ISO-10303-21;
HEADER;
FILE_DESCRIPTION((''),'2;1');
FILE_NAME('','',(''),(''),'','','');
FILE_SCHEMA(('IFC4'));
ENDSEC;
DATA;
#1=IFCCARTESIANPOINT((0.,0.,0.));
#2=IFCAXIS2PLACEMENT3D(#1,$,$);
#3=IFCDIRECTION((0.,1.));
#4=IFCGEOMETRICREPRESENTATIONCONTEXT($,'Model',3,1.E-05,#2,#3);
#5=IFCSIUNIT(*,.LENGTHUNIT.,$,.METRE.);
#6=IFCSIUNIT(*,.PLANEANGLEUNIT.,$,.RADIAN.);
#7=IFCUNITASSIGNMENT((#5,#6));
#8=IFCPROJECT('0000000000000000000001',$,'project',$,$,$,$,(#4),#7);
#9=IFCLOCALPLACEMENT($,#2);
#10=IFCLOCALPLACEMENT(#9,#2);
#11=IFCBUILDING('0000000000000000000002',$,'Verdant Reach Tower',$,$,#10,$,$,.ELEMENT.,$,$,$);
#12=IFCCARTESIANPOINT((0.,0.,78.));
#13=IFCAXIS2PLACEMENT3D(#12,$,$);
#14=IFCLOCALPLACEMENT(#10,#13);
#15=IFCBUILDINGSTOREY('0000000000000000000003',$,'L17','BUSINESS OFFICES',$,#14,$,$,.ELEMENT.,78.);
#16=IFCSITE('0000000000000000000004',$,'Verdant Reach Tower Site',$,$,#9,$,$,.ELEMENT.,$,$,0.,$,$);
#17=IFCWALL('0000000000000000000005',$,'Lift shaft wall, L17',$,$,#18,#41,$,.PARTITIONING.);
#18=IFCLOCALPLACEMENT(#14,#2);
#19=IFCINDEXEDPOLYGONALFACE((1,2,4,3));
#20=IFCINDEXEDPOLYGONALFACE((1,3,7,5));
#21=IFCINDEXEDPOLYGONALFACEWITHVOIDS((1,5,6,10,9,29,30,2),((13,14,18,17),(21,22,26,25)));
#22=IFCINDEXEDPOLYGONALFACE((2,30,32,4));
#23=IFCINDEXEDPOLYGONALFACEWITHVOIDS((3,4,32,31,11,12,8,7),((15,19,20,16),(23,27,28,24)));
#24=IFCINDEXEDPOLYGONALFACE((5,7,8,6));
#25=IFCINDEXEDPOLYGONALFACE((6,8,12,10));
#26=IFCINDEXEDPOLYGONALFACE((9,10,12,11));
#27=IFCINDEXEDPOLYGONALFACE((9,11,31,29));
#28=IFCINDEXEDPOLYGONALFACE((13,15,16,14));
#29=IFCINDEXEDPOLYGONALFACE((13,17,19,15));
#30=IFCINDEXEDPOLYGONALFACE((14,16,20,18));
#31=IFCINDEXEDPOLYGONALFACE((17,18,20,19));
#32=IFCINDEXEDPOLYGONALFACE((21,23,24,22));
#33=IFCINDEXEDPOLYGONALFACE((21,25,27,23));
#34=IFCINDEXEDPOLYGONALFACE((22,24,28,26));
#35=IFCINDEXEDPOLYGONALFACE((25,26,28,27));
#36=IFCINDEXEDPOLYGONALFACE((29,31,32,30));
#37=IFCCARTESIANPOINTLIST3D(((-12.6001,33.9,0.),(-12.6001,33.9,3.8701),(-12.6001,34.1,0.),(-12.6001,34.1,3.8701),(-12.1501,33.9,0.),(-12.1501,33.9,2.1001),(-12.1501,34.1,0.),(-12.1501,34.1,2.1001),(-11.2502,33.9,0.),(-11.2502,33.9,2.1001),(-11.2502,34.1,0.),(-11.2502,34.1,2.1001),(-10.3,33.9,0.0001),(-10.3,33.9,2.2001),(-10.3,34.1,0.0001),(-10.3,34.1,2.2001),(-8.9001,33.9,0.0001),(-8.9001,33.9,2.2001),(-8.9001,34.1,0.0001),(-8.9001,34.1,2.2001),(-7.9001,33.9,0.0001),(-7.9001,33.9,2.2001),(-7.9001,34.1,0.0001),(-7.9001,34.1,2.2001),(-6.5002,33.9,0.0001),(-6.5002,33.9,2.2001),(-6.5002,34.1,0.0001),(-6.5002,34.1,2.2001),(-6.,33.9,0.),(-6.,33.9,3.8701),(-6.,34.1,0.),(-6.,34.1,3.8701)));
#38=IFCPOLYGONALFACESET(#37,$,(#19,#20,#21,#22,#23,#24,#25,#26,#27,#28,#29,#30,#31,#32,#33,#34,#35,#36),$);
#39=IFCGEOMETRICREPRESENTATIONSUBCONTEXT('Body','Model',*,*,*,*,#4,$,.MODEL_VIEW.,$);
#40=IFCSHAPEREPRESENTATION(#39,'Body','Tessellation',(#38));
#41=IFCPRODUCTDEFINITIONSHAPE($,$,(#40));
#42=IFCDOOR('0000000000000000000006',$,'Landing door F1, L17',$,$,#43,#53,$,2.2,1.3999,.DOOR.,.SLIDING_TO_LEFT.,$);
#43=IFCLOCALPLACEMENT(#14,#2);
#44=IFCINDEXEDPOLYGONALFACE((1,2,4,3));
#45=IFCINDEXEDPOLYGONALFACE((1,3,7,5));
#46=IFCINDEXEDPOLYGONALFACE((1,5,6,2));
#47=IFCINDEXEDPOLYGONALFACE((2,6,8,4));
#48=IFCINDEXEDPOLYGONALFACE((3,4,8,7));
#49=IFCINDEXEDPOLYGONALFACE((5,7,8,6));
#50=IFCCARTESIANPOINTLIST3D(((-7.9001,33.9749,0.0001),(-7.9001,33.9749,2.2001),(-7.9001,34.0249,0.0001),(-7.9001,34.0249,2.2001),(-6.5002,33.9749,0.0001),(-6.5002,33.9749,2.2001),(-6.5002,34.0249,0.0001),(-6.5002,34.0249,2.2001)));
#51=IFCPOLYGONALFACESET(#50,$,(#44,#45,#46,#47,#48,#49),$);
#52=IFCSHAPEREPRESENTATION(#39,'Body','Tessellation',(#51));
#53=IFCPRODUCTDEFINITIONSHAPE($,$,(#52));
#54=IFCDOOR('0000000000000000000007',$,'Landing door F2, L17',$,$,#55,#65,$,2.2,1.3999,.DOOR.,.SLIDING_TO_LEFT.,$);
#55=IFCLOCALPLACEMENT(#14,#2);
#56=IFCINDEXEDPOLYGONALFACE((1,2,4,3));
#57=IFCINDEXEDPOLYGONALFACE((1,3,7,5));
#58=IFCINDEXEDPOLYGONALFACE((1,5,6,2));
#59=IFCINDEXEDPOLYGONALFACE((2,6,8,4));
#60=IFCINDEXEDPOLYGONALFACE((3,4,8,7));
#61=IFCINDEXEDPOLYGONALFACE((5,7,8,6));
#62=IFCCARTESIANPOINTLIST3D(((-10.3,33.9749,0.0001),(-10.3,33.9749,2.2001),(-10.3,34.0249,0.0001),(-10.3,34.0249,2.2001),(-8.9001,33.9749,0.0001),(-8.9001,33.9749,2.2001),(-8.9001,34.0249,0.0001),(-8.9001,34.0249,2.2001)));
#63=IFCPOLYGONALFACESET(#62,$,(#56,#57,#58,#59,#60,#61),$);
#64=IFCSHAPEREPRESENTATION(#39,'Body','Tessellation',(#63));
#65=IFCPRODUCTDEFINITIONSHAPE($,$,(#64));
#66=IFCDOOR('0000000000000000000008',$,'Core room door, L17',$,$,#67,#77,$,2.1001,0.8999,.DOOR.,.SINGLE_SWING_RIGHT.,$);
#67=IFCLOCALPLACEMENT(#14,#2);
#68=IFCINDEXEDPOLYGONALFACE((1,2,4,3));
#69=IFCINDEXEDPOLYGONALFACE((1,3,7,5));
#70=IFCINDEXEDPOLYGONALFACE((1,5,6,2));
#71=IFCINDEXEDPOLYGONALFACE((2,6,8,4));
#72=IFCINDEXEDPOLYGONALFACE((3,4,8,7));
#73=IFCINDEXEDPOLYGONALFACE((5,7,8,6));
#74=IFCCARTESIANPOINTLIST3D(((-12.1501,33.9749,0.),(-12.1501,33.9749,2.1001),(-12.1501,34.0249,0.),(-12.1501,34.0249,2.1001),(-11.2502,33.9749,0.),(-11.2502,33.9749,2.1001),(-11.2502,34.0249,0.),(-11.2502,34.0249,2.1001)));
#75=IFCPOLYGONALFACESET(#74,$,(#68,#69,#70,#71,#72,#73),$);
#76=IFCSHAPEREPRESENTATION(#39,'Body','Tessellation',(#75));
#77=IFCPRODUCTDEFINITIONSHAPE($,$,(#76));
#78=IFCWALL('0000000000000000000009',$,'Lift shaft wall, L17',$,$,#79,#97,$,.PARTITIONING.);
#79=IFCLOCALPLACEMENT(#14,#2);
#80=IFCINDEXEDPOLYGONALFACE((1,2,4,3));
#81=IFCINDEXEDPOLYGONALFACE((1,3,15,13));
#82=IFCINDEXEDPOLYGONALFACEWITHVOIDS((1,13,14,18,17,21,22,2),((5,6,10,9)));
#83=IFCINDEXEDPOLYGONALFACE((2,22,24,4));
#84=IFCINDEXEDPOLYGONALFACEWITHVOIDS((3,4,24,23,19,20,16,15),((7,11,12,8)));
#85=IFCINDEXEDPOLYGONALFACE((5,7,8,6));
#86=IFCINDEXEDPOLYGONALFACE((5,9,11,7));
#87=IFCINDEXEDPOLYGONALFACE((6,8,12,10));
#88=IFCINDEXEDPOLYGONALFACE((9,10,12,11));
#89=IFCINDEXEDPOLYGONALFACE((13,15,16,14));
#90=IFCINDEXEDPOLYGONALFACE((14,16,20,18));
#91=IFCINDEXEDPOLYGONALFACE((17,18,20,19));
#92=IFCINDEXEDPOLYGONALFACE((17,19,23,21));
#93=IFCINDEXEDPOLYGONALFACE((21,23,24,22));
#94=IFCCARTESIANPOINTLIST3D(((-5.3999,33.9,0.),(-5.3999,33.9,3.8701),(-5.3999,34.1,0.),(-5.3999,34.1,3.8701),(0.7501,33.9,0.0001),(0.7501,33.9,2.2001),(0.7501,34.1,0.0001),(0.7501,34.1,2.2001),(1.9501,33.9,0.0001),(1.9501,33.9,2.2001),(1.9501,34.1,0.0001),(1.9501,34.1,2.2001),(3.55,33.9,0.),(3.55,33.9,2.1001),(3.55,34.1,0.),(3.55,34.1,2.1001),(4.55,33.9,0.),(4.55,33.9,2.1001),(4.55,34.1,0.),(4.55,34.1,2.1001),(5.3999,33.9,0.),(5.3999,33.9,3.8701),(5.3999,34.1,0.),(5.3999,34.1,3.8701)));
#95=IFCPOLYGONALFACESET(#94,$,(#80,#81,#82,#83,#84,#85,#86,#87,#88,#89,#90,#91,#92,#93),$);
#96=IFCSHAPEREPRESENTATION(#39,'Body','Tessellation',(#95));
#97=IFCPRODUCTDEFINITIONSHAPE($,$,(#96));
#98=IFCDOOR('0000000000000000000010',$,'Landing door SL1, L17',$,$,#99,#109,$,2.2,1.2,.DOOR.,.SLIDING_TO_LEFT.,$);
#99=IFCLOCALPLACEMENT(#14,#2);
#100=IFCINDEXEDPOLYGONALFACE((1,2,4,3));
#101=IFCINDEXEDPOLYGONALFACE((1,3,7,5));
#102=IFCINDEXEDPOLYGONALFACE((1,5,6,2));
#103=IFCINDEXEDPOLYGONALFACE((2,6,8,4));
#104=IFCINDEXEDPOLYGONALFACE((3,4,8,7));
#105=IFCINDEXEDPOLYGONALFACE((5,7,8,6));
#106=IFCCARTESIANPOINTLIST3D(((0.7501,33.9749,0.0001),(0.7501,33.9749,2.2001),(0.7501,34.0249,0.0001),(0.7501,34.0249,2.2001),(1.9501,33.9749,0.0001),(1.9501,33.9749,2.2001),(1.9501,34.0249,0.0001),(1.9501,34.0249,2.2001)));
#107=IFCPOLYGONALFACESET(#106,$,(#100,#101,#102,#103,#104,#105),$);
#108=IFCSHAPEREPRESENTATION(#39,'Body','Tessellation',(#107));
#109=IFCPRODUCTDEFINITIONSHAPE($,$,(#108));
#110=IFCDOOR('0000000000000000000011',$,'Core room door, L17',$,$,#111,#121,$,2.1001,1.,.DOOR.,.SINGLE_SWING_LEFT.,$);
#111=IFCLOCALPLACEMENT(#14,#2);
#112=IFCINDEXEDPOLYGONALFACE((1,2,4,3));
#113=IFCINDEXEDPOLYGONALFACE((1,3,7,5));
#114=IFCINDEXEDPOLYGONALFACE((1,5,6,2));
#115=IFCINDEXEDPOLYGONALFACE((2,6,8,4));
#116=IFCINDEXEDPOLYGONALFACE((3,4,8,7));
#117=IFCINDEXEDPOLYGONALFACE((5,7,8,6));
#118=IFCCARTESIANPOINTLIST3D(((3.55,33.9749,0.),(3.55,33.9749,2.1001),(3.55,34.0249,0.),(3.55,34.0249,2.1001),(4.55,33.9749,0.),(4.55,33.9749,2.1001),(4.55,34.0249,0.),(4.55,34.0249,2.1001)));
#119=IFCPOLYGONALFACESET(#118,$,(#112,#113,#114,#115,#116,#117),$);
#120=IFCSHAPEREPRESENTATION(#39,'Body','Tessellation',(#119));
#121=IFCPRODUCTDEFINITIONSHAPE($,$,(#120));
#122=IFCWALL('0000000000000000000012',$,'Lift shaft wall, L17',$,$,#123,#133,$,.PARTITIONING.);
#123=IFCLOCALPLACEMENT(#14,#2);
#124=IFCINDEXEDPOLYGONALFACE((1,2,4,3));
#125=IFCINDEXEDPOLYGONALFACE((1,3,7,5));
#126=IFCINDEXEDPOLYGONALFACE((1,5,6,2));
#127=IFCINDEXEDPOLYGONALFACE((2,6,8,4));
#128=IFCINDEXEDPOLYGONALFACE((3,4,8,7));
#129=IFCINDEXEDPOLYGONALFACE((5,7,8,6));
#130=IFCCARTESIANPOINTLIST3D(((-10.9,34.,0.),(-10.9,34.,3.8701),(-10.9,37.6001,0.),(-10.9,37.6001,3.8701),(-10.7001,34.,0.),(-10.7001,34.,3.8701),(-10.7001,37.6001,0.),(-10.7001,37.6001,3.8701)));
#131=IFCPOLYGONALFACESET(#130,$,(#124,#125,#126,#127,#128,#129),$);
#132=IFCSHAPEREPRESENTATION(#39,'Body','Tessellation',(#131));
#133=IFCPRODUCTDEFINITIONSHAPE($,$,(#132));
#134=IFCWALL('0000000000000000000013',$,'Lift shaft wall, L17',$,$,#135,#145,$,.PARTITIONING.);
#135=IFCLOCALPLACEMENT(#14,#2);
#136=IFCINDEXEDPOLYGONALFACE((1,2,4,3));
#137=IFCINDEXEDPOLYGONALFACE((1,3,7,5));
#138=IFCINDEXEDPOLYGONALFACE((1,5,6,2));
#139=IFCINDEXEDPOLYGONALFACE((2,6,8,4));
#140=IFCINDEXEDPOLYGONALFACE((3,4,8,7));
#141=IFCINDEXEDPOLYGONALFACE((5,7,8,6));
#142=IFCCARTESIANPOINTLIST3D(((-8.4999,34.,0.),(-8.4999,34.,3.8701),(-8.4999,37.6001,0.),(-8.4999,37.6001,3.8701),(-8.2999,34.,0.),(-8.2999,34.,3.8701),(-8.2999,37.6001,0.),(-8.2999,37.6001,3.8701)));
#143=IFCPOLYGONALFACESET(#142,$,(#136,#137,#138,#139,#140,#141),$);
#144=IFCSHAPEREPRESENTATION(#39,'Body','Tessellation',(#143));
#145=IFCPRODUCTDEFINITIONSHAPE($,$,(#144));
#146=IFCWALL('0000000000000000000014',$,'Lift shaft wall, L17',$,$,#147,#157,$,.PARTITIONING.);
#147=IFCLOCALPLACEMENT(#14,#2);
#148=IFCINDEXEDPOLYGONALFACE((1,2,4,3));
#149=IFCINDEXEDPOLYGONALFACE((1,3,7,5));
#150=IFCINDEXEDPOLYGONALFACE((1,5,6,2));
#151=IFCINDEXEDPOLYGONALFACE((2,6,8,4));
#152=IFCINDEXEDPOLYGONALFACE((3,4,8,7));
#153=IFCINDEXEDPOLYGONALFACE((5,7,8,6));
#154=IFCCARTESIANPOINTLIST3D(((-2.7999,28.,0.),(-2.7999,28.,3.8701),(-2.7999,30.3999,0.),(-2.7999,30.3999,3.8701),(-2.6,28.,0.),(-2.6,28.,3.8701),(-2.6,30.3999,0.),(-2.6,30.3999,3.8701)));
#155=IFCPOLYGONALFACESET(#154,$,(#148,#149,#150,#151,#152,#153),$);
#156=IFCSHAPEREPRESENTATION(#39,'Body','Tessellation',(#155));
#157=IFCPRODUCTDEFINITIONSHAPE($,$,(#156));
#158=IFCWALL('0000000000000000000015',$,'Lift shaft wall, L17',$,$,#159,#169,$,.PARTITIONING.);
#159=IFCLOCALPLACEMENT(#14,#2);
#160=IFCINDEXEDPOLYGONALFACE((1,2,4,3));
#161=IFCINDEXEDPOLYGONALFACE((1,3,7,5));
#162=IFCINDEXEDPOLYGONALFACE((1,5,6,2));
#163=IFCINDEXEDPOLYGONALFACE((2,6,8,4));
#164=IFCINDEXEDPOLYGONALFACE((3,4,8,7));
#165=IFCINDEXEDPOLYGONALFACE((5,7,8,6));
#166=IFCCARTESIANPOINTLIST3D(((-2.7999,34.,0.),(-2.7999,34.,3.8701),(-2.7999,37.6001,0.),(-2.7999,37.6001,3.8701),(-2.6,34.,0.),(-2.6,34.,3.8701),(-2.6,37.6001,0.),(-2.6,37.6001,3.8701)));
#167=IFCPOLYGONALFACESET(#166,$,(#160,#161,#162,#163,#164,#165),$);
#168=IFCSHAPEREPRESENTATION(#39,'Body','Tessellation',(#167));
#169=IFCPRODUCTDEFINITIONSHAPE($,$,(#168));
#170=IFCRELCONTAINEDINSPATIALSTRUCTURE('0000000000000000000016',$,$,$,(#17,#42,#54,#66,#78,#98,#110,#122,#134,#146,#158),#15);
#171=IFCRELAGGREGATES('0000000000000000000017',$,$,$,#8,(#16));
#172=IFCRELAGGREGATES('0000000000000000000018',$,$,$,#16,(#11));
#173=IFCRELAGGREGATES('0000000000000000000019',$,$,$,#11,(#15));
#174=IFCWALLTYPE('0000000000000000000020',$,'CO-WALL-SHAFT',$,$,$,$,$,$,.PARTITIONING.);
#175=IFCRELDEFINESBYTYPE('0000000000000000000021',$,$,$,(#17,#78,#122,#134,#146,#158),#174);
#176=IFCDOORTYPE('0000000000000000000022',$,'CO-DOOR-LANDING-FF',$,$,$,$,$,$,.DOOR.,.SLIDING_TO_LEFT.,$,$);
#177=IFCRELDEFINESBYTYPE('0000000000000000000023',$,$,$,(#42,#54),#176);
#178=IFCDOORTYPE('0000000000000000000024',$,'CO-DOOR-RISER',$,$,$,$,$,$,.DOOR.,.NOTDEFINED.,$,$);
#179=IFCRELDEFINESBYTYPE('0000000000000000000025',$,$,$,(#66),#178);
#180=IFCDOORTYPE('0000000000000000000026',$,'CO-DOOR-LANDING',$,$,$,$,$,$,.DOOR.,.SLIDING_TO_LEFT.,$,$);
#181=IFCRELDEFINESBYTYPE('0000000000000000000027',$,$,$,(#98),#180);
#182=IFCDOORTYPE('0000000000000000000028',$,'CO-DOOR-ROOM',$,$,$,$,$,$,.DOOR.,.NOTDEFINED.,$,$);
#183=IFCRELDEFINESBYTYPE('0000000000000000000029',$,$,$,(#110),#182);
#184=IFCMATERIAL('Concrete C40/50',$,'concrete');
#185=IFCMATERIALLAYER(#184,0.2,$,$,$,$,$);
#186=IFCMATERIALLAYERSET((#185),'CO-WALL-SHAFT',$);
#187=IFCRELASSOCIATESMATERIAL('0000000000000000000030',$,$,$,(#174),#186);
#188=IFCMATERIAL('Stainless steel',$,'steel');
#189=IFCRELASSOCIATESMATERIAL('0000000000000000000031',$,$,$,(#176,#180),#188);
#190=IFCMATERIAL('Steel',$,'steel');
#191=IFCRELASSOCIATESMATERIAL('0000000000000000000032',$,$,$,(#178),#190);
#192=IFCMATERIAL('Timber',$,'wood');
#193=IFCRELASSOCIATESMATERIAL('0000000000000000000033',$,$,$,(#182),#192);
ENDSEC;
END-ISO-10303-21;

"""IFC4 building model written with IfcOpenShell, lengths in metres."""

from ifc_helpers import new_model, si_unit, direction, frame, frame_2d, origin, place, context, subcontext, project, spatial, rectangle, extrude, material, layer, layer_set, type_object, element, fill, save


model = new_model("IFC4")

# Units and contexts
model_context = context("Model", 3, precision=1e-05, world=origin(), true_north=direction((0.0, 1.0)))
body_context = subcontext(model_context, "Body", "Model", "MODEL_VIEW")
ifc_project = project(units=[si_unit("LENGTHUNIT", "METRE"), si_unit("PLANEANGLEUNIT", "RADIAN")], contexts=[model_context])

# Site, building, storey
site_placement = place(None, origin())
site = spatial("IfcSite", under=ifc_project, at=site_placement, Name="Verdant Reach Tower Site", CompositionType="ELEMENT", RefElevation=0.0)
building_placement = place(site_placement, origin())
building = spatial("IfcBuilding", under=site, at=building_placement, Name="Verdant Reach Tower", CompositionType="ELEMENT")
storey_placement = place(building_placement, frame((0.0, 0.0, 78.0)))
storey = spatial("IfcBuildingStorey", under=building, at=storey_placement, Name="L17", Description="BUSINESS OFFICES", CompositionType="ELEMENT", Elevation=78.0)

# Shared definitions
ifc_material_1 = material(Name="Concrete C40/50", Category="concrete")
ifc_layer_1 = layer(ifc_material_1, 0.2)
ifc_layer_set_1 = layer_set([ifc_layer_1], Name="CO-WALL-SHAFT")
wall_type_1 = type_object("IfcWallType", Name="CO-WALL-SHAFT", PredefinedType="PARTITIONING", material=ifc_layer_set_1)

# Walls, openings, doors
wall_1_placement = place(storey_placement, frame((-12.6001, 34.0, 0.0), z_axis=(0.0, 0.0, 1.0), x_axis=(1.0, 0.0, 0.0)))
wall_1 = element("IfcWall", 1, at=wall_1_placement, inside=storey, type_object=wall_type_1, Name="Lift shaft wall, L17", PredefinedType="PARTITIONING", context=body_context, shape_type="SweptSolid", body=[
    extrude(rectangle(XDim=6.6001, YDim=0.2, at=frame_2d((3.3, 0.0))), origin(), (0.0, 0.0, 1.0), 3.8701),
])
opening_1_placement = place(wall_1_placement, frame((4.7, 0.0, 0.0)))
opening_1 = element("IfcOpeningElement", 2, at=opening_1_placement, cuts=wall_1, PredefinedType="OPENING", context=body_context, shape_type="SweptSolid", body=[
    extrude(rectangle(XDim=1.3999, YDim=2.2, at=frame_2d((0.7, 1.1001))), frame((0.0, 0.1099, 0.0), z_axis=(0.0, -1.0, 0.0), x_axis=(1.0, 0.0, 0.0)), (0.0, 0.0, 1.0), 0.22),
])
opening_2_placement = place(wall_1_placement, frame((2.3, 0.0, 0.0)))
opening_2 = element("IfcOpeningElement", 3, at=opening_2_placement, cuts=wall_1, PredefinedType="OPENING", context=body_context, shape_type="SweptSolid", body=[
    extrude(rectangle(XDim=1.3999, YDim=2.2, at=frame_2d((0.7, 1.1001))), frame((0.0, 0.1099, 0.0), z_axis=(0.0, -1.0, 0.0), x_axis=(1.0, 0.0, 0.0)), (0.0, 0.0, 1.0), 0.22),
])
opening_3_placement = place(wall_1_placement, frame((0.45, 0.0, 0.0)))
opening_3 = element("IfcOpeningElement", 4, at=opening_3_placement, cuts=wall_1, PredefinedType="OPENING", context=body_context, shape_type="SweptSolid", body=[
    extrude(rectangle(XDim=0.8999, YDim=2.1001, at=frame_2d((0.45, 1.05))), frame((0.0, 0.1099, 0.0), z_axis=(0.0, -1.0, 0.0), x_axis=(1.0, 0.0, 0.0)), (0.0, 0.0, 1.0), 0.22),
])
ifc_material_2 = material(Name="Stainless steel", Category="steel")
door_type_1 = type_object("IfcDoorType", Name="CO-DOOR-LANDING-FF", OperationType="SLIDING_TO_LEFT", PredefinedType="DOOR", material=ifc_material_2)
door_1_placement = place(opening_1_placement, origin())
door_1 = element("IfcDoor", 5, at=door_1_placement, inside=storey, type_object=door_type_1, Name="Landing door F1, L17", OperationType="SLIDING_TO_LEFT", OverallHeight=2.2, OverallWidth=1.3999, PredefinedType="DOOR", context=body_context, shape_type="SweptSolid", body=[
    extrude(rectangle(XDim=1.3999, YDim=2.2, at=frame_2d((0.7, 1.1001))), frame((0.0, 0.0249, 0.0), z_axis=(0.0, -1.0, 0.0), x_axis=(1.0, 0.0, 0.0)), (0.0, 0.0, 1.0), 0.05),
])
fill(opening_1, door_1)
door_2_placement = place(opening_2_placement, origin())
door_2 = element("IfcDoor", 6, at=door_2_placement, inside=storey, type_object=door_type_1, Name="Landing door F2, L17", OperationType="SLIDING_TO_LEFT", OverallHeight=2.2, OverallWidth=1.3999, PredefinedType="DOOR", context=body_context, shape_type="SweptSolid", body=[
    extrude(rectangle(XDim=1.3999, YDim=2.2, at=frame_2d((0.7, 1.1001))), frame((0.0, 0.0249, 0.0), z_axis=(0.0, -1.0, 0.0), x_axis=(1.0, 0.0, 0.0)), (0.0, 0.0, 1.0), 0.05),
])
fill(opening_2, door_2)
ifc_material_3 = material(Name="Steel", Category="steel")
door_type_2 = type_object("IfcDoorType", Name="CO-DOOR-RISER", OperationType="NOTDEFINED", PredefinedType="DOOR", material=ifc_material_3)
door_3_placement = place(opening_3_placement, origin())
door_3 = element("IfcDoor", 7, at=door_3_placement, inside=storey, type_object=door_type_2, Name="Core room door, L17", OperationType="SINGLE_SWING_RIGHT", OverallHeight=2.1001, OverallWidth=0.8999, PredefinedType="DOOR", context=body_context, shape_type="SweptSolid", body=[
    extrude(rectangle(XDim=0.8999, YDim=2.1001, at=frame_2d((0.45, 1.05))), frame((0.0, 0.0249, 0.0), z_axis=(0.0, -1.0, 0.0), x_axis=(1.0, 0.0, 0.0)), (0.0, 0.0, 1.0), 0.05),
])
fill(opening_3, door_3)
wall_2_placement = place(storey_placement, frame((-5.3999, 34.0, 0.0), z_axis=(0.0, 0.0, 1.0), x_axis=(1.0, 0.0, 0.0)))
wall_2 = element("IfcWall", 8, at=wall_2_placement, inside=storey, type_object=wall_type_1, Name="Lift shaft wall, L17", PredefinedType="PARTITIONING", context=body_context, shape_type="SweptSolid", body=[
    extrude(rectangle(XDim=10.7998, YDim=0.2, at=frame_2d((5.3999, 0.0))), origin(), (0.0, 0.0, 1.0), 3.8701),
])
opening_4_placement = place(wall_2_placement, frame((6.1499, 0.0, 0.0)))
opening_4 = element("IfcOpeningElement", 9, at=opening_4_placement, cuts=wall_2, PredefinedType="OPENING", context=body_context, shape_type="SweptSolid", body=[
    extrude(rectangle(XDim=1.2, YDim=2.2, at=frame_2d((0.6001, 1.1001))), frame((0.0, 0.1099, 0.0), z_axis=(0.0, -1.0, 0.0), x_axis=(1.0, 0.0, 0.0)), (0.0, 0.0, 1.0), 0.22),
])
opening_5_placement = place(wall_2_placement, frame((8.95, 0.0, 0.0)))
opening_5 = element("IfcOpeningElement", 10, at=opening_5_placement, cuts=wall_2, PredefinedType="OPENING", context=body_context, shape_type="SweptSolid", body=[
    extrude(rectangle(XDim=1.0, YDim=2.1001, at=frame_2d((0.5, 1.05))), frame((0.0, 0.1099, 0.0), z_axis=(0.0, -1.0, 0.0), x_axis=(1.0, 0.0, 0.0)), (0.0, 0.0, 1.0), 0.22),
])
door_type_3 = type_object("IfcDoorType", Name="CO-DOOR-LANDING", OperationType="SLIDING_TO_LEFT", PredefinedType="DOOR", material=ifc_material_2)
door_4_placement = place(opening_4_placement, origin())
door_4 = element("IfcDoor", 11, at=door_4_placement, inside=storey, type_object=door_type_3, Name="Landing door SL1, L17", OperationType="SLIDING_TO_LEFT", OverallHeight=2.2, OverallWidth=1.2, PredefinedType="DOOR", context=body_context, shape_type="SweptSolid", body=[
    extrude(rectangle(XDim=1.2, YDim=2.2, at=frame_2d((0.6001, 1.1001))), frame((0.0, 0.0249, 0.0), z_axis=(0.0, -1.0, 0.0), x_axis=(1.0, 0.0, 0.0)), (0.0, 0.0, 1.0), 0.05),
])
fill(opening_4, door_4)
ifc_material_4 = material(Name="Timber", Category="wood")
door_type_4 = type_object("IfcDoorType", Name="CO-DOOR-ROOM", OperationType="NOTDEFINED", PredefinedType="DOOR", material=ifc_material_4)
door_5_placement = place(opening_5_placement, origin())
door_5 = element("IfcDoor", 12, at=door_5_placement, inside=storey, type_object=door_type_4, Name="Core room door, L17", OperationType="SINGLE_SWING_LEFT", OverallHeight=2.1001, OverallWidth=1.0, PredefinedType="DOOR", context=body_context, shape_type="SweptSolid", body=[
    extrude(rectangle(XDim=1.0, YDim=2.1001, at=frame_2d((0.5, 1.05))), frame((0.0, 0.0249, 0.0), z_axis=(0.0, -1.0, 0.0), x_axis=(1.0, 0.0, 0.0)), (0.0, 0.0, 1.0), 0.05),
])
fill(opening_5, door_5)

# Walls
for number, where, z_axis, x_axis, name in (
    (13, (-10.8, 34.0, 0.0), (0.0, 0.0, 1.0), (0.0, 1.0, 0.0), "Lift shaft wall, L17"),
    (14, (-8.3999, 34.0, 0.0), (0.0, 0.0, 1.0), (0.0, 1.0, 0.0), "Lift shaft wall, L17"),
):
    element("IfcWall", number, at=place(storey_placement, frame(where, z_axis=z_axis, x_axis=x_axis)), inside=storey, type_object=wall_type_1, Name=name, PredefinedType="PARTITIONING", context=body_context, shape_type="SweptSolid", body=[
        extrude(rectangle(XDim=3.6001, YDim=0.2, at=frame_2d((1.8, 0.0))), origin(), (0.0, 0.0, 1.0), 3.8701),
    ])
wall_3_placement = place(storey_placement, frame((-2.7, 28.0, 0.0), z_axis=(0.0, 0.0, 1.0), x_axis=(0.0, 1.0, 0.0)))
element("IfcWall", 15, at=wall_3_placement, inside=storey, type_object=wall_type_1, Name="Lift shaft wall, L17", PredefinedType="PARTITIONING", context=body_context, shape_type="SweptSolid", body=[
    extrude(rectangle(XDim=2.3999, YDim=0.2, at=frame_2d((1.2, 0.0))), origin(), (0.0, 0.0, 1.0), 3.8701),
])
for number, where, z_axis, x_axis, name in (
    (16, (-2.7, 34.0, 0.0), (0.0, 0.0, 1.0), (0.0, 1.0, 0.0), "Lift shaft wall, L17"),
):
    element("IfcWall", number, at=place(storey_placement, frame(where, z_axis=z_axis, x_axis=x_axis)), inside=storey, type_object=wall_type_1, Name=name, PredefinedType="PARTITIONING", context=body_context, shape_type="SweptSolid", body=[
        extrude(rectangle(XDim=3.6001, YDim=0.2, at=frame_2d((1.8, 0.0))), origin(), (0.0, 0.0, 1.0), 3.8701),
    ])

save(model, "model.ifc")
